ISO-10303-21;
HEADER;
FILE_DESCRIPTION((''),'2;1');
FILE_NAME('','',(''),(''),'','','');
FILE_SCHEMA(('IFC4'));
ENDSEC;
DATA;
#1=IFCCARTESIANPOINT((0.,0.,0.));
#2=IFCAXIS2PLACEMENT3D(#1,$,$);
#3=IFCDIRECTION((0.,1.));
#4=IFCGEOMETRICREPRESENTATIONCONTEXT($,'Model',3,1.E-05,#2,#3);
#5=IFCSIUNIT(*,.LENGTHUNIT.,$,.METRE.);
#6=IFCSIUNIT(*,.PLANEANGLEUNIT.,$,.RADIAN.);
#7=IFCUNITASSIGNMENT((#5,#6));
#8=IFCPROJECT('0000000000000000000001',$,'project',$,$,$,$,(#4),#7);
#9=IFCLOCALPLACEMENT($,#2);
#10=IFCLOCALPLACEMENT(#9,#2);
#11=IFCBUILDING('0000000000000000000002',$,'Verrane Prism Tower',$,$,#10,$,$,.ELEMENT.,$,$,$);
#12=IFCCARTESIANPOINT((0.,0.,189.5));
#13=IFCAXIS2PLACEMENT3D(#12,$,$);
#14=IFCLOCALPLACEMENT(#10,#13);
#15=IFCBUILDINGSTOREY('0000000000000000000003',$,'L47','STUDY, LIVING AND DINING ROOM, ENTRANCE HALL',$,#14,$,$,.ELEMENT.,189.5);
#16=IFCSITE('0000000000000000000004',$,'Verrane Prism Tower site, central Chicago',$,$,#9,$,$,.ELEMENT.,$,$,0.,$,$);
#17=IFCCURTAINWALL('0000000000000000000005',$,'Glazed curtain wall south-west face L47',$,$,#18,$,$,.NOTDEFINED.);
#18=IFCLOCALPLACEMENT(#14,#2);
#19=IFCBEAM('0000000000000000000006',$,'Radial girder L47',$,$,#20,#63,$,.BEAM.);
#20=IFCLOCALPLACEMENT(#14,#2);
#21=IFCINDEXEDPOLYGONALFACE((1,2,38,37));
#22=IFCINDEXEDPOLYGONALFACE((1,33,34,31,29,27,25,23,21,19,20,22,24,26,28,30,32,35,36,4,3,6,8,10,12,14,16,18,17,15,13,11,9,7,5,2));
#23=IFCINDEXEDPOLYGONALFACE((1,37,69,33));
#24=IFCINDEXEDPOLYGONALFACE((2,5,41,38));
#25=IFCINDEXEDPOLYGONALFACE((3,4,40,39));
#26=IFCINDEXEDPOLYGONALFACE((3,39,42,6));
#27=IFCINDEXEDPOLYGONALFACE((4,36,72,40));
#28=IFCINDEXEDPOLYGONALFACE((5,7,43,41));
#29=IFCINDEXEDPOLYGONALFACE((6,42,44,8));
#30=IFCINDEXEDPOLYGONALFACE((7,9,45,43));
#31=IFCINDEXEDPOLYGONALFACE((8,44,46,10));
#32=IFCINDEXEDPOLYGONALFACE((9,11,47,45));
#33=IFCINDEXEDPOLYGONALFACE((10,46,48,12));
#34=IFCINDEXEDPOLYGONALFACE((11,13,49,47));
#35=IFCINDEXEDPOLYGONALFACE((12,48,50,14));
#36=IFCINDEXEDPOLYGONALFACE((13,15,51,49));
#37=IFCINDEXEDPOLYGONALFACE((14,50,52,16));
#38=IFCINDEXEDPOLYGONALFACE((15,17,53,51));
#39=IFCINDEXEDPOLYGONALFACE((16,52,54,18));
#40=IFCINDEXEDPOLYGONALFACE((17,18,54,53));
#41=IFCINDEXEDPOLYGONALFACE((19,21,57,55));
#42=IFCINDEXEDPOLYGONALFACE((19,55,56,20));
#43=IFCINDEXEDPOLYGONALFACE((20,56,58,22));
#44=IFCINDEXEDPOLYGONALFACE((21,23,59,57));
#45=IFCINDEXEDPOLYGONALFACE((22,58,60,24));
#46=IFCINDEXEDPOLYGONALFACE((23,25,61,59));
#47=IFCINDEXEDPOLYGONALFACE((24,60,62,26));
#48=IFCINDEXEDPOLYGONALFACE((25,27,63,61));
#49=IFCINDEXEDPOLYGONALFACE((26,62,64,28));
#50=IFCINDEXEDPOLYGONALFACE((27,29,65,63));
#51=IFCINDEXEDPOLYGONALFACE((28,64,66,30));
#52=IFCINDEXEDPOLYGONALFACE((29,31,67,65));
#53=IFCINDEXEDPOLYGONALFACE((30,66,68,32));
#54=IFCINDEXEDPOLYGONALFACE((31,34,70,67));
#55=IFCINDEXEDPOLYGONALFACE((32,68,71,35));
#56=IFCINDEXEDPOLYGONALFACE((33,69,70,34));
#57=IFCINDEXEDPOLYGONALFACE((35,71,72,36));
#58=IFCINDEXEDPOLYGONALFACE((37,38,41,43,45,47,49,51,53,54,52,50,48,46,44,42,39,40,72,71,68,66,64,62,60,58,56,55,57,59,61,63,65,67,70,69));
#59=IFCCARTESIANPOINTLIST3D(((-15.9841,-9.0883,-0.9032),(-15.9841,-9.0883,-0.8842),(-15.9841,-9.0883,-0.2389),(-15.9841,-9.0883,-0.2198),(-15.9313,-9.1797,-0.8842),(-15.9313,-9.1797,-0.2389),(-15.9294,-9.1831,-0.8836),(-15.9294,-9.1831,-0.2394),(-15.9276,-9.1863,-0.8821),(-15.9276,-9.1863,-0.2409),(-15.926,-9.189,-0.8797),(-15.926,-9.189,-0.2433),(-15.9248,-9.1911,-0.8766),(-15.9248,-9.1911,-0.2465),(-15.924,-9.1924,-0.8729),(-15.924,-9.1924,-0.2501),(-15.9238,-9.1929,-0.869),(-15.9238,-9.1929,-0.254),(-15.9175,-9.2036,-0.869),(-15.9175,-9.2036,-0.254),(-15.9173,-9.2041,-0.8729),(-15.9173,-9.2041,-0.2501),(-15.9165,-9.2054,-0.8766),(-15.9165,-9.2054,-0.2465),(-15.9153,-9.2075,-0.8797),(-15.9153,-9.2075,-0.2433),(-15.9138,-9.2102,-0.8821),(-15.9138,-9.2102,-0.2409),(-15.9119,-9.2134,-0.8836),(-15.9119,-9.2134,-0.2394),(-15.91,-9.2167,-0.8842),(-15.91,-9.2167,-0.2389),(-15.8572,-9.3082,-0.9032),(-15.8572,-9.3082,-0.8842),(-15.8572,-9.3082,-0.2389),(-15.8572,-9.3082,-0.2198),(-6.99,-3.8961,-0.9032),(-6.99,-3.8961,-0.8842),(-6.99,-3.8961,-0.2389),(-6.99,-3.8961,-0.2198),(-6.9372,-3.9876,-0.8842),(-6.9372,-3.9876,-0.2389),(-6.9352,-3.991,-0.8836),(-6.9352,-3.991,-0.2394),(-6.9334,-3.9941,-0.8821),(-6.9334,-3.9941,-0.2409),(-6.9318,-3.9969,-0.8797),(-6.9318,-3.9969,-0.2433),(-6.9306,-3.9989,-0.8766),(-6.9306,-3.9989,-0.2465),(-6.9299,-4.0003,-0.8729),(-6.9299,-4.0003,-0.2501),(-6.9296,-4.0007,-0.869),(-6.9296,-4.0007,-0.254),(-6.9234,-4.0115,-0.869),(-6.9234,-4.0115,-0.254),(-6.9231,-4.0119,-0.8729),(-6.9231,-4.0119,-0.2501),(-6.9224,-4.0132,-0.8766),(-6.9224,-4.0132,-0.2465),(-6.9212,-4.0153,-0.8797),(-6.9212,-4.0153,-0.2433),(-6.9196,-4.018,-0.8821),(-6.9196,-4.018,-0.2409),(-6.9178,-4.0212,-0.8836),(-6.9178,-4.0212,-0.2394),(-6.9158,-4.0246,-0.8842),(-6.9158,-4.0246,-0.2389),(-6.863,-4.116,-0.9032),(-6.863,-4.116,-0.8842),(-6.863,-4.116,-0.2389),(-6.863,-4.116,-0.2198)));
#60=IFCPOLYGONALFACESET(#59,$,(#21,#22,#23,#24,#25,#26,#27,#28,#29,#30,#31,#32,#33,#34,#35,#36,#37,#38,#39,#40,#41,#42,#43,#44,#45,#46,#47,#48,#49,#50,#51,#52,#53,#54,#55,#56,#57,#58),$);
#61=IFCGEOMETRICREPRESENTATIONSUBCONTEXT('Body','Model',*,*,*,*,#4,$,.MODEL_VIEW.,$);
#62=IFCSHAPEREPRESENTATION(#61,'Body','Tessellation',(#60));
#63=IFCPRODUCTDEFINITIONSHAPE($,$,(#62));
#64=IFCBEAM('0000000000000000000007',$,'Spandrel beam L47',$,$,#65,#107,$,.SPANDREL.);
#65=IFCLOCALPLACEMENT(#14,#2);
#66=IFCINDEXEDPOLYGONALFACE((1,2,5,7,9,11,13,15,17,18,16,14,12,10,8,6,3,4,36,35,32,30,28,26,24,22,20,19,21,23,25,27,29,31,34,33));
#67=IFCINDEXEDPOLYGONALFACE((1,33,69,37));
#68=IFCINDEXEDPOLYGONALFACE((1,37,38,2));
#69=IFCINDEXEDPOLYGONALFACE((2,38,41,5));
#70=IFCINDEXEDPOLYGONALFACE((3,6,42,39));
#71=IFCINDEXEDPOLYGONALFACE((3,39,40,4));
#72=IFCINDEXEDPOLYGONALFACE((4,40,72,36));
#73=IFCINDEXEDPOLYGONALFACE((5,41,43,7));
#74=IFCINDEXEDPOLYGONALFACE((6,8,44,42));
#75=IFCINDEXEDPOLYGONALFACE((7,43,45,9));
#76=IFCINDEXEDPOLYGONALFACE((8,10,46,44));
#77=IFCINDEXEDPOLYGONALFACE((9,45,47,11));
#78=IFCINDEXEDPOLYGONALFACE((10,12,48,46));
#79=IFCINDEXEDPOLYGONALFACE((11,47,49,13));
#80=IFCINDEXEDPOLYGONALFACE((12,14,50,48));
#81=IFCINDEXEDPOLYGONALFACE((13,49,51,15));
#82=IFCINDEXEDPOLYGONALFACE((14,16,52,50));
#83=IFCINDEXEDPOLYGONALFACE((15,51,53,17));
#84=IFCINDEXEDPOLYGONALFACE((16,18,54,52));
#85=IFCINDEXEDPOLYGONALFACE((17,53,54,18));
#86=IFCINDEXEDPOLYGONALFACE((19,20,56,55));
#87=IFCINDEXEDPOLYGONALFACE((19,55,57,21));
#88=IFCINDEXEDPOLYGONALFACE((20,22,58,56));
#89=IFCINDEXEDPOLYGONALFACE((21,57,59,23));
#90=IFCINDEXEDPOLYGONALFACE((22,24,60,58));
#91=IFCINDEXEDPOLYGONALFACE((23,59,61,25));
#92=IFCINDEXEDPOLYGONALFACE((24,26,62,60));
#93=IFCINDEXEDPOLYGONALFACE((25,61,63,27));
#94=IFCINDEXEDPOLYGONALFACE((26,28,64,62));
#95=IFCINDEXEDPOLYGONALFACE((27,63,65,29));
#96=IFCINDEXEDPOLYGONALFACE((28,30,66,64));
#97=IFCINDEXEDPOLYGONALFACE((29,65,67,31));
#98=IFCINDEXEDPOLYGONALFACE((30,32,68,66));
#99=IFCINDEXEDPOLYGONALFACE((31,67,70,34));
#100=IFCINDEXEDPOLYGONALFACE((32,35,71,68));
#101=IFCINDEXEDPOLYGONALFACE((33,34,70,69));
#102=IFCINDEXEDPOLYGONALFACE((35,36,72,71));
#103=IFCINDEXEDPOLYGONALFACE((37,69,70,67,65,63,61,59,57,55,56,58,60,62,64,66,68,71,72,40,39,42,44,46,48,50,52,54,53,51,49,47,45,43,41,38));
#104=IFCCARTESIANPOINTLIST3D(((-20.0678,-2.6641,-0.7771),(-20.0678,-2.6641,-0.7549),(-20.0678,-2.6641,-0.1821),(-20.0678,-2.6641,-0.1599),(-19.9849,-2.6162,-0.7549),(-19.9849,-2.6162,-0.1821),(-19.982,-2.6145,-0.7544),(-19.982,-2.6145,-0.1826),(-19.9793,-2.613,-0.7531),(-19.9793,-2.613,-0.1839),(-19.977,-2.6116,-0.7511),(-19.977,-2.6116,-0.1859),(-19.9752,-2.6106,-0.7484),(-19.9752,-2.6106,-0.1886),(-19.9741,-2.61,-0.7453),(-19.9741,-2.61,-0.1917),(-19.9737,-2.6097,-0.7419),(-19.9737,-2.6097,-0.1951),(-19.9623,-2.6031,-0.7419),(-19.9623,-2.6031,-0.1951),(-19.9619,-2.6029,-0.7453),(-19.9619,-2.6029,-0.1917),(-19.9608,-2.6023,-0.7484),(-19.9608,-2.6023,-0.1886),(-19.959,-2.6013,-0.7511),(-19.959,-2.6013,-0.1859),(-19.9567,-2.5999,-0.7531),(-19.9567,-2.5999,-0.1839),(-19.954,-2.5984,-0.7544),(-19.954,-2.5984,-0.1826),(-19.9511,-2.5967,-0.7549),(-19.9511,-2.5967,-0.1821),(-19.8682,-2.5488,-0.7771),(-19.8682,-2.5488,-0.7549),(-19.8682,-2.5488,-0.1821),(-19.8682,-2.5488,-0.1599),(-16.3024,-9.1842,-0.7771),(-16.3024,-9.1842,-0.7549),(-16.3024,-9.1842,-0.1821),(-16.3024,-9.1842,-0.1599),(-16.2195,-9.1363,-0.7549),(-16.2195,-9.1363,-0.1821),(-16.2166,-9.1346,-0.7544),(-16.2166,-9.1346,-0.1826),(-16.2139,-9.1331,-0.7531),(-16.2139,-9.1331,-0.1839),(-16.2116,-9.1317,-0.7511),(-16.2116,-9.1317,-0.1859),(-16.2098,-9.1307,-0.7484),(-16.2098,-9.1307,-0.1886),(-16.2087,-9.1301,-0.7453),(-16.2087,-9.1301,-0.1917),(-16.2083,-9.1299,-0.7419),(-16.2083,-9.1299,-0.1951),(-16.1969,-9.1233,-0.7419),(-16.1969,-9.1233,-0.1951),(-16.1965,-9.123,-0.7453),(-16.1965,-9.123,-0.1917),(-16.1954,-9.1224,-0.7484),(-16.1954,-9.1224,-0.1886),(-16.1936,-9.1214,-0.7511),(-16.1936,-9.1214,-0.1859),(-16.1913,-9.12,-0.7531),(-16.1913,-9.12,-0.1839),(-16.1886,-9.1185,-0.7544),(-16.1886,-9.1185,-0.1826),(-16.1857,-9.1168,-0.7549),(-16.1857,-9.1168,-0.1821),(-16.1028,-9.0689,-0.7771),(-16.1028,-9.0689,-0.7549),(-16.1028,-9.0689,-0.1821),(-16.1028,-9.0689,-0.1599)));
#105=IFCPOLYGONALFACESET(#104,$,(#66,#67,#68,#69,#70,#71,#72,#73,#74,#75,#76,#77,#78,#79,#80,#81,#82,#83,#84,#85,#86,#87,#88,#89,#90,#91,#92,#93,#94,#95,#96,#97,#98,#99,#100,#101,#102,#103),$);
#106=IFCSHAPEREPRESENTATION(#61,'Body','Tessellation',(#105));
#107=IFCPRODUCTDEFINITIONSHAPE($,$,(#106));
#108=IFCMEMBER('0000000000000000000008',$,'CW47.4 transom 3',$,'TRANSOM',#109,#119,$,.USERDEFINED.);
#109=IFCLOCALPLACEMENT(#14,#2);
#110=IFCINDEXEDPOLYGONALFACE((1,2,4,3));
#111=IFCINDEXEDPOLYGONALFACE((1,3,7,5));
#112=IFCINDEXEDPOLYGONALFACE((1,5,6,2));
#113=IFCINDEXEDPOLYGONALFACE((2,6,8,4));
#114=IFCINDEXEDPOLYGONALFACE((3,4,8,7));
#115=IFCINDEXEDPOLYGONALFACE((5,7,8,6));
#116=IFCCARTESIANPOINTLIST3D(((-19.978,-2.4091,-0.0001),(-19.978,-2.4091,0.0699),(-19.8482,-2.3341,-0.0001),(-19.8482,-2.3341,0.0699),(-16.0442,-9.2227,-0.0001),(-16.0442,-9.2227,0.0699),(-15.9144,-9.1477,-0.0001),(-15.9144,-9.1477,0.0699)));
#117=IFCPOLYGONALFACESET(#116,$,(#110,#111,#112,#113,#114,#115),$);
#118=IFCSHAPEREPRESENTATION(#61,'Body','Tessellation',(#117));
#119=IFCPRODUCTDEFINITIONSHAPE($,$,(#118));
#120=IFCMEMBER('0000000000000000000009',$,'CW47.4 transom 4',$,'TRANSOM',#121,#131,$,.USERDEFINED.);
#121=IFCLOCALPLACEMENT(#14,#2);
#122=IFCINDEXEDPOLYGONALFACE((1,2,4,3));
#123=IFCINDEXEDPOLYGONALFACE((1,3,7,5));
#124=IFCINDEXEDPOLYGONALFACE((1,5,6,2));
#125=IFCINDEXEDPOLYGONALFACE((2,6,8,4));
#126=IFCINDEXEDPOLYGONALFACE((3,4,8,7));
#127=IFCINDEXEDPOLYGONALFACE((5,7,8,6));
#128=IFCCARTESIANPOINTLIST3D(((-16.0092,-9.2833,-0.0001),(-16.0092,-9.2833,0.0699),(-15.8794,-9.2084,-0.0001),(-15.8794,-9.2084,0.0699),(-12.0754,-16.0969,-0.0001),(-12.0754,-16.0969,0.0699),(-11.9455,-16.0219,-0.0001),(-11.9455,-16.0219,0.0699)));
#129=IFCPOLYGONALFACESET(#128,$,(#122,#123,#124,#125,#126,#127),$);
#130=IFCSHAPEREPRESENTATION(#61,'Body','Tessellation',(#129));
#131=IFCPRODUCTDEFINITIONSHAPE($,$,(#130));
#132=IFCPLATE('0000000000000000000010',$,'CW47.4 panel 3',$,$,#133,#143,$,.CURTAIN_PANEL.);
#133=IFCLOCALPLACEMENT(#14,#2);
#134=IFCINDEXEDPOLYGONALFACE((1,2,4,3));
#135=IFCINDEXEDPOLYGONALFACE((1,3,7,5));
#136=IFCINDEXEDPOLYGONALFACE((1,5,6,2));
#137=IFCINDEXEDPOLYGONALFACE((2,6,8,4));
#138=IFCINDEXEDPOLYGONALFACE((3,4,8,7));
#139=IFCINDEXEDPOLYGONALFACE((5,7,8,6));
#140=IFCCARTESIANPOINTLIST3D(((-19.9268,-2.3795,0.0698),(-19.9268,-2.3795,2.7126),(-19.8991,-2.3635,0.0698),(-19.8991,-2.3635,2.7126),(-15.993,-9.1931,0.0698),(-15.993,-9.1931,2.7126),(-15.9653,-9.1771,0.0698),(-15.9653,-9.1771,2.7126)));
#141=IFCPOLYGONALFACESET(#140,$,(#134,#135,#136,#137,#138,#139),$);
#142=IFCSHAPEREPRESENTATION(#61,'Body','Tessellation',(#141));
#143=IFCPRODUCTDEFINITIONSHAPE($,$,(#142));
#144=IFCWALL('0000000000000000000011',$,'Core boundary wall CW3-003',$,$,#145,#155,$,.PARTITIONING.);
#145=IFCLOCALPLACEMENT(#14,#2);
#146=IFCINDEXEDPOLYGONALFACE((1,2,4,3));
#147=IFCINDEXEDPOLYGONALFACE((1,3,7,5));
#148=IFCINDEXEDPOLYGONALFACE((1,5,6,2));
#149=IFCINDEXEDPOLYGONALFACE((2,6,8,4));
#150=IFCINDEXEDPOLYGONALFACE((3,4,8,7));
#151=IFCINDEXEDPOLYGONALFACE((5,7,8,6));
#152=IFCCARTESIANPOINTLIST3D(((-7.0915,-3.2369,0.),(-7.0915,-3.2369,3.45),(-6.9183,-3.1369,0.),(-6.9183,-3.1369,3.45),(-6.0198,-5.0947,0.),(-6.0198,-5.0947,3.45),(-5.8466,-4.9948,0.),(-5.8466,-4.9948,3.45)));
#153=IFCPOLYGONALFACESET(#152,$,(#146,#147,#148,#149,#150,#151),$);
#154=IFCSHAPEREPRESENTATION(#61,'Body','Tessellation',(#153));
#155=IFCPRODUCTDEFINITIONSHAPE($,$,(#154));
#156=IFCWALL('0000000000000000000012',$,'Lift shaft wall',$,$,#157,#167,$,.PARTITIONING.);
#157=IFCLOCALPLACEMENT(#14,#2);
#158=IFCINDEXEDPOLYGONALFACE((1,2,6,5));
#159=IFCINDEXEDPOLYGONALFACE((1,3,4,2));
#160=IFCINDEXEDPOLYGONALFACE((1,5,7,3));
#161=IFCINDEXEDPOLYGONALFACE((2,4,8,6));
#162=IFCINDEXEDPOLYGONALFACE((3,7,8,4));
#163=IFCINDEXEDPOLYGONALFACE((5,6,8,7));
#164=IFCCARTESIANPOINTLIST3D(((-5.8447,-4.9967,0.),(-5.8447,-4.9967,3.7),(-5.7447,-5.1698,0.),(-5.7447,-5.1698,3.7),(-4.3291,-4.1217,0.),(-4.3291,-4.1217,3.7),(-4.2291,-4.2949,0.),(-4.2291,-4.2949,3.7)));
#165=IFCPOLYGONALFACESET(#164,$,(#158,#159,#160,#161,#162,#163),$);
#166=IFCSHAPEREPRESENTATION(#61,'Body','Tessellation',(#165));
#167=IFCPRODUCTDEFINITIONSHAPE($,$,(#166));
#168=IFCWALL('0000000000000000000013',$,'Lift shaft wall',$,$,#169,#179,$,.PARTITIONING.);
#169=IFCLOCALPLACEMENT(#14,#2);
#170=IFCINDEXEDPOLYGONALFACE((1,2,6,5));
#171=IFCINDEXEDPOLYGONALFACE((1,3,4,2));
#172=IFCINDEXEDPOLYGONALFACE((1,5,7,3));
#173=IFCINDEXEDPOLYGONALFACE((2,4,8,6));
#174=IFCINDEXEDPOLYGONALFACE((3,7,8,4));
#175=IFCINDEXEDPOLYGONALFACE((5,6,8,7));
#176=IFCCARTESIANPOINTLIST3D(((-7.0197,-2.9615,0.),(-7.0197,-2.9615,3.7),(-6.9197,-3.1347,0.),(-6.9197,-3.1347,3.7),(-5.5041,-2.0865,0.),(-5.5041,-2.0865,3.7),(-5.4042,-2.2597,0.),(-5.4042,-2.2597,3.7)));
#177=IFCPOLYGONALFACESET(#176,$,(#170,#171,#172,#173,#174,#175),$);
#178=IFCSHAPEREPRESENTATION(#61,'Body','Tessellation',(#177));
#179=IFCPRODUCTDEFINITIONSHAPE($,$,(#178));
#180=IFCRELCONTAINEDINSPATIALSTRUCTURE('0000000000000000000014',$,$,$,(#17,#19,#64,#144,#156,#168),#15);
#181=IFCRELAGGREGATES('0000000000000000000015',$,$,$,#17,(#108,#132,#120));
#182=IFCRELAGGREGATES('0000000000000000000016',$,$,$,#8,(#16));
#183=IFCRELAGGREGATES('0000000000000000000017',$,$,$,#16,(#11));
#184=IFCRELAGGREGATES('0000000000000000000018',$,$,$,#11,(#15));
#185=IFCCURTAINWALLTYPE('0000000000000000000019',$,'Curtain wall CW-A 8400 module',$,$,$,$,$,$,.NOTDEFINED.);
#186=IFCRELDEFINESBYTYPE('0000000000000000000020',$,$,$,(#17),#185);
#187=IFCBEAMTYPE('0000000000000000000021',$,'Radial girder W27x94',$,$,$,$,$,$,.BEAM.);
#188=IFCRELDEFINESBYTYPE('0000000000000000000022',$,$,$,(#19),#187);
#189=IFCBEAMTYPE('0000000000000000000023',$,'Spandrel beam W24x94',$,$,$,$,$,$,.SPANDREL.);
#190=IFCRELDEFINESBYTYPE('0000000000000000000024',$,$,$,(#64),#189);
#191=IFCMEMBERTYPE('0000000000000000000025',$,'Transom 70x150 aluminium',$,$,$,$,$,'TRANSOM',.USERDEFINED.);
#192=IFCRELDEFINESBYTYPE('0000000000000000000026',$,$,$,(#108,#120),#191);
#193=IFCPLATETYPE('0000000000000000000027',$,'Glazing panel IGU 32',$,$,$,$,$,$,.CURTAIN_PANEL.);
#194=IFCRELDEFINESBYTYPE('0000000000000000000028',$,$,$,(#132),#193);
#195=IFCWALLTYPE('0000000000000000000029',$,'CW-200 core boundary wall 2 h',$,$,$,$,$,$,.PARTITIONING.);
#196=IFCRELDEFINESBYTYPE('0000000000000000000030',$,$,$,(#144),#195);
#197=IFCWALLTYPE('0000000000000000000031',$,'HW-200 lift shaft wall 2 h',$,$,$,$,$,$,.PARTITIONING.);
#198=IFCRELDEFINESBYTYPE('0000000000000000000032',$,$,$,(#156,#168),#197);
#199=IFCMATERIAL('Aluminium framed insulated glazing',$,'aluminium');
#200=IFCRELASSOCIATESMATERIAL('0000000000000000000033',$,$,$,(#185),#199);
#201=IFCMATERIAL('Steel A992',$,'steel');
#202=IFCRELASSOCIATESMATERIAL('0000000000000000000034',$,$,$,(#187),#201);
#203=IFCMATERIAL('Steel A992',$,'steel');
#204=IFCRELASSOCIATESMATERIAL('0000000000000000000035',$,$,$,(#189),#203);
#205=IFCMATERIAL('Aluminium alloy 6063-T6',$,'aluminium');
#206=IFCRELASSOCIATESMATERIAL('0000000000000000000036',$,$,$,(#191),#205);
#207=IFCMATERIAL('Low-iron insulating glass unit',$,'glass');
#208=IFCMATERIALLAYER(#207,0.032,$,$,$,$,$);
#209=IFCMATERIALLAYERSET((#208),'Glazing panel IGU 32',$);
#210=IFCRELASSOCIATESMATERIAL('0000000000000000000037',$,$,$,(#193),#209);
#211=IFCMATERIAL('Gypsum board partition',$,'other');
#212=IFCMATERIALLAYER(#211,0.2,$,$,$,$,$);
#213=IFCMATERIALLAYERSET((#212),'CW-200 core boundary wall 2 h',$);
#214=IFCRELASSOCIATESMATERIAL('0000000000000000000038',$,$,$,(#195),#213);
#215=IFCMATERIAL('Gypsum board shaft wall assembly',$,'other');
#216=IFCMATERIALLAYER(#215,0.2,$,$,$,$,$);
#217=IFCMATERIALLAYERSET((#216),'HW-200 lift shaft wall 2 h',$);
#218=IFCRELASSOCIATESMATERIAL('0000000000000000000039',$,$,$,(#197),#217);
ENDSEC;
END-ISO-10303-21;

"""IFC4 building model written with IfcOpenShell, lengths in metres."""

from ifc_helpers import new_model, si_unit, direction, frame, frame_2d, origin, origin_2d, place, context, subcontext, project, spatial, rectangle, i_section, extrude, material, layer, layer_set, material_profile, profile_set, type_object, element, aggregate, save


model = new_model("IFC4")

# Units and contexts
model_context = context("Model", 3, precision=1e-05, world=origin(), true_north=direction((0.0, 1.0)))
body_context = subcontext(model_context, "Body", "Model", "MODEL_VIEW")
ifc_project = project(units=[si_unit("LENGTHUNIT", "METRE"), si_unit("PLANEANGLEUNIT", "RADIAN")], contexts=[model_context])

# Site, building, storey
site_placement = place(None, origin())
site = spatial("IfcSite", under=ifc_project, at=site_placement, Name="Verrane Prism Tower site, central Chicago", CompositionType="ELEMENT", RefElevation=0.0)
building_placement = place(site_placement, origin())
building = spatial("IfcBuilding", under=site, at=building_placement, Name="Verrane Prism Tower", CompositionType="ELEMENT")
storey_placement = place(building_placement, frame((0.0, 0.0, 189.5)))
storey = spatial("IfcBuildingStorey", under=building, at=storey_placement, Name="L47", Description="STUDY, LIVING AND DINING ROOM, ENTRANCE HALL", CompositionType="ELEMENT", Elevation=189.5)

# Curtain wall
ifc_material_1 = material(Name="Aluminium framed insulated glazing", Category="aluminium")
curtain_wall_type = type_object("IfcCurtainWallType", Name="Curtain wall CW-A 8400 module", PredefinedType="NOTDEFINED", material=ifc_material_1)
curtain_wall_placement = place(storey_placement, origin())
curtain_wall = element("IfcCurtainWall", 1, at=curtain_wall_placement, inside=storey, type_object=curtain_wall_type, Name="Glazed curtain wall south-west face L47", PredefinedType="NOTDEFINED")

# Beams
ifc_material_2 = material(Name="Steel A992", Category="steel")
ifc_material_profile_1 = material_profile(ifc_material_2, i_section(OverallWidth=0.2539, OverallDepth=0.6833, WebThickness=0.0125, FlangeThickness=0.019, FilletRadius=0.0151, at=origin_2d()), Name="W27x94")
ifc_profile_set_1 = profile_set([ifc_material_profile_1], Name="Steel A992")
beam_type_1 = type_object("IfcBeamType", Name="Radial girder W27x94", PredefinedType="BEAM", material=ifc_profile_set_1)
beam_1_placement = place(storey_placement, frame((-15.9207, -9.1982, -0.5615), z_axis=(0.866052, 0.499954, 0.0), x_axis=(-0.499954, 0.866052, 0.0)))
element("IfcBeam", 2, at=beam_1_placement, inside=storey, type_object=beam_type_1, Name="Radial girder L47", PredefinedType="BEAM", context=body_context, shape_type="SweptSolid", body=[
    extrude(i_section(OverallWidth=0.2539, OverallDepth=0.6833, WebThickness=0.0125, FlangeThickness=0.019, FilletRadius=0.0151, at=origin_2d()), origin(), (0.0, 0.0, 1.0), 10.3853),
])
ifc_material_3 = material(Name="Steel A992", Category="steel")
ifc_material_profile_2 = material_profile(ifc_material_3, i_section(OverallWidth=0.2305, OverallDepth=0.6172, WebThickness=0.0132, FlangeThickness=0.0222, FilletRadius=0.0129, at=origin_2d()), Name="W24x94")
ifc_profile_set_2 = profile_set([ifc_material_profile_2], Name="Steel A992")
beam_type_2 = type_object("IfcBeamType", Name="Spandrel beam W24x94", PredefinedType="SPANDREL", material=ifc_profile_set_2)
beam_2_placement = place(storey_placement, frame((-19.968, -2.6064, -0.4685), z_axis=(0.500104, -0.865965, 0.0), x_axis=(0.865965, 0.500104, 0.0)))
element("IfcBeam", 3, at=beam_2_placement, inside=storey, type_object=beam_type_2, Name="Spandrel beam L47", PredefinedType="SPANDREL", context=body_context, shape_type="SweptSolid", body=[
    extrude(i_section(OverallWidth=0.2305, OverallDepth=0.6172, WebThickness=0.0132, FlangeThickness=0.0222, FilletRadius=0.0129, at=origin_2d()), origin(), (0.0, 0.0, 1.0), 7.5293),
])

# Members
ifc_material_4 = material(Name="Aluminium alloy 6063-T6", Category="aluminium")
ifc_material_profile_3 = material_profile(ifc_material_4, rectangle(XDim=0.1499, YDim=0.0701, at=origin_2d()), Name="Transom 70x150 aluminium")
ifc_profile_set_3 = profile_set([ifc_material_profile_3], Name="Aluminium alloy 6063-T6")
member_type_1 = type_object("IfcMemberType", Name="Transom 70x150 aluminium", ElementType="TRANSOM", PredefinedType="USERDEFINED", material=ifc_profile_set_3)
member_1_placement = place(storey_placement, frame((-19.9131, -2.3716, 0.0349), z_axis=(0.499994, -0.866029, 0.0), x_axis=(0.866029, 0.499994, 0.0)))
member_1 = element("IfcMember", 4, at=member_1_placement, type_object=member_type_1, Name="CW47.4 transom 3", ObjectType="TRANSOM", PredefinedType="USERDEFINED", context=body_context, shape_type="SweptSolid", body=[
    extrude(rectangle(XDim=0.1499, YDim=0.0701, at=origin_2d()), origin(), (0.0, 0.0, 1.0), 7.8677),
])
member_2_placement = place(storey_placement, frame((-15.9443, -9.2458, 0.0349), z_axis=(0.500007, -0.866021, 0.0), x_axis=(0.866021, 0.500007, 0.0)))
member_2 = element("IfcMember", 5, at=member_2_placement, type_object=member_type_1, Name="CW47.4 transom 4", ObjectType="TRANSOM", PredefinedType="USERDEFINED", context=body_context, shape_type="SweptSolid", body=[
    extrude(rectangle(XDim=0.1499, YDim=0.0701, at=origin_2d()), origin(), (0.0, 0.0, 1.0), 7.8677),
])

# Plate
ifc_material_5 = material(Name="Low-iron insulating glass unit", Category="glass")
ifc_layer_1 = layer(ifc_material_5, 0.032)
ifc_layer_set_1 = layer_set([ifc_layer_1], Name="Glazing panel IGU 32")
plate_type = type_object("IfcPlateType", Name="Glazing panel IGU 32", PredefinedType="CURTAIN_PANEL", material=ifc_layer_set_1)
plate_placement = place(storey_placement, frame((-17.946, -5.7783, 0.0698), z_axis=(0.0, 0.0, 1.0), x_axis=(0.5, -0.866026, 0.0)))
plate = element("IfcPlate", 6, at=plate_placement, type_object=plate_type, Name="CW47.4 panel 3", PredefinedType="CURTAIN_PANEL", context=body_context, shape_type="SweptSolid", body=[
    extrude(rectangle(XDim=7.8677, YDim=0.032, at=origin_2d()), origin(), (0.0, 0.0, 1.0), 2.6428),
])
aggregate(curtain_wall, [member_1, plate, member_2])

# Walls
ifc_material_6 = material(Name="Gypsum board partition", Category="other")
ifc_layer_2 = layer(ifc_material_6, 0.2)
ifc_layer_set_2 = layer_set([ifc_layer_2], Name="CW-200 core boundary wall 2 h")
wall_type_1 = type_object("IfcWallType", Name="CW-200 core boundary wall 2 h", PredefinedType="PARTITIONING", material=ifc_layer_set_2)
wall_1_placement = place(storey_placement, frame((-7.0049, -3.187, 0.0), z_axis=(0.0, 0.0, 1.0), x_axis=(0.49969, -0.866205, 0.0)))
element("IfcWall", 7, at=wall_1_placement, inside=storey, type_object=wall_type_1, Name="Core boundary wall CW3-003", PredefinedType="PARTITIONING", context=body_context, shape_type="SweptSolid", body=[
    extrude(rectangle(XDim=2.1448, YDim=0.2, at=frame_2d((1.0723, 0.0))), origin(), (0.0, 0.0, 1.0), 3.45),
])
ifc_material_7 = material(Name="Gypsum board shaft wall assembly", Category="other")
ifc_layer_3 = layer(ifc_material_7, 0.2)
ifc_layer_set_3 = layer_set([ifc_layer_3], Name="HW-200 lift shaft wall 2 h")
wall_type_2 = type_object("IfcWallType", Name="HW-200 lift shaft wall 2 h", PredefinedType="PARTITIONING", material=ifc_layer_set_3)
for number, where, z_axis, x_axis, name in (
    (8, (-5.7947, -5.0833, 0.0), (0.0, 0.0, 1.0), (0.866037, 0.49998, 0.0), "Lift shaft wall"),
    (9, (-6.9697, -3.0481, 0.0), (0.0, 0.0, 1.0), (0.866037, 0.49998, 0.0), "Lift shaft wall"),
):
    element("IfcWall", number, at=place(storey_placement, frame(where, z_axis=z_axis, x_axis=x_axis)), inside=storey, type_object=wall_type_2, Name=name, PredefinedType="PARTITIONING", context=body_context, shape_type="SweptSolid", body=[
        extrude(rectangle(XDim=1.75, YDim=0.2, at=frame_2d((0.875, 0.0))), origin(), (0.0, 0.0, 1.0), 3.7),
    ])

save(model, "model.ifc")
